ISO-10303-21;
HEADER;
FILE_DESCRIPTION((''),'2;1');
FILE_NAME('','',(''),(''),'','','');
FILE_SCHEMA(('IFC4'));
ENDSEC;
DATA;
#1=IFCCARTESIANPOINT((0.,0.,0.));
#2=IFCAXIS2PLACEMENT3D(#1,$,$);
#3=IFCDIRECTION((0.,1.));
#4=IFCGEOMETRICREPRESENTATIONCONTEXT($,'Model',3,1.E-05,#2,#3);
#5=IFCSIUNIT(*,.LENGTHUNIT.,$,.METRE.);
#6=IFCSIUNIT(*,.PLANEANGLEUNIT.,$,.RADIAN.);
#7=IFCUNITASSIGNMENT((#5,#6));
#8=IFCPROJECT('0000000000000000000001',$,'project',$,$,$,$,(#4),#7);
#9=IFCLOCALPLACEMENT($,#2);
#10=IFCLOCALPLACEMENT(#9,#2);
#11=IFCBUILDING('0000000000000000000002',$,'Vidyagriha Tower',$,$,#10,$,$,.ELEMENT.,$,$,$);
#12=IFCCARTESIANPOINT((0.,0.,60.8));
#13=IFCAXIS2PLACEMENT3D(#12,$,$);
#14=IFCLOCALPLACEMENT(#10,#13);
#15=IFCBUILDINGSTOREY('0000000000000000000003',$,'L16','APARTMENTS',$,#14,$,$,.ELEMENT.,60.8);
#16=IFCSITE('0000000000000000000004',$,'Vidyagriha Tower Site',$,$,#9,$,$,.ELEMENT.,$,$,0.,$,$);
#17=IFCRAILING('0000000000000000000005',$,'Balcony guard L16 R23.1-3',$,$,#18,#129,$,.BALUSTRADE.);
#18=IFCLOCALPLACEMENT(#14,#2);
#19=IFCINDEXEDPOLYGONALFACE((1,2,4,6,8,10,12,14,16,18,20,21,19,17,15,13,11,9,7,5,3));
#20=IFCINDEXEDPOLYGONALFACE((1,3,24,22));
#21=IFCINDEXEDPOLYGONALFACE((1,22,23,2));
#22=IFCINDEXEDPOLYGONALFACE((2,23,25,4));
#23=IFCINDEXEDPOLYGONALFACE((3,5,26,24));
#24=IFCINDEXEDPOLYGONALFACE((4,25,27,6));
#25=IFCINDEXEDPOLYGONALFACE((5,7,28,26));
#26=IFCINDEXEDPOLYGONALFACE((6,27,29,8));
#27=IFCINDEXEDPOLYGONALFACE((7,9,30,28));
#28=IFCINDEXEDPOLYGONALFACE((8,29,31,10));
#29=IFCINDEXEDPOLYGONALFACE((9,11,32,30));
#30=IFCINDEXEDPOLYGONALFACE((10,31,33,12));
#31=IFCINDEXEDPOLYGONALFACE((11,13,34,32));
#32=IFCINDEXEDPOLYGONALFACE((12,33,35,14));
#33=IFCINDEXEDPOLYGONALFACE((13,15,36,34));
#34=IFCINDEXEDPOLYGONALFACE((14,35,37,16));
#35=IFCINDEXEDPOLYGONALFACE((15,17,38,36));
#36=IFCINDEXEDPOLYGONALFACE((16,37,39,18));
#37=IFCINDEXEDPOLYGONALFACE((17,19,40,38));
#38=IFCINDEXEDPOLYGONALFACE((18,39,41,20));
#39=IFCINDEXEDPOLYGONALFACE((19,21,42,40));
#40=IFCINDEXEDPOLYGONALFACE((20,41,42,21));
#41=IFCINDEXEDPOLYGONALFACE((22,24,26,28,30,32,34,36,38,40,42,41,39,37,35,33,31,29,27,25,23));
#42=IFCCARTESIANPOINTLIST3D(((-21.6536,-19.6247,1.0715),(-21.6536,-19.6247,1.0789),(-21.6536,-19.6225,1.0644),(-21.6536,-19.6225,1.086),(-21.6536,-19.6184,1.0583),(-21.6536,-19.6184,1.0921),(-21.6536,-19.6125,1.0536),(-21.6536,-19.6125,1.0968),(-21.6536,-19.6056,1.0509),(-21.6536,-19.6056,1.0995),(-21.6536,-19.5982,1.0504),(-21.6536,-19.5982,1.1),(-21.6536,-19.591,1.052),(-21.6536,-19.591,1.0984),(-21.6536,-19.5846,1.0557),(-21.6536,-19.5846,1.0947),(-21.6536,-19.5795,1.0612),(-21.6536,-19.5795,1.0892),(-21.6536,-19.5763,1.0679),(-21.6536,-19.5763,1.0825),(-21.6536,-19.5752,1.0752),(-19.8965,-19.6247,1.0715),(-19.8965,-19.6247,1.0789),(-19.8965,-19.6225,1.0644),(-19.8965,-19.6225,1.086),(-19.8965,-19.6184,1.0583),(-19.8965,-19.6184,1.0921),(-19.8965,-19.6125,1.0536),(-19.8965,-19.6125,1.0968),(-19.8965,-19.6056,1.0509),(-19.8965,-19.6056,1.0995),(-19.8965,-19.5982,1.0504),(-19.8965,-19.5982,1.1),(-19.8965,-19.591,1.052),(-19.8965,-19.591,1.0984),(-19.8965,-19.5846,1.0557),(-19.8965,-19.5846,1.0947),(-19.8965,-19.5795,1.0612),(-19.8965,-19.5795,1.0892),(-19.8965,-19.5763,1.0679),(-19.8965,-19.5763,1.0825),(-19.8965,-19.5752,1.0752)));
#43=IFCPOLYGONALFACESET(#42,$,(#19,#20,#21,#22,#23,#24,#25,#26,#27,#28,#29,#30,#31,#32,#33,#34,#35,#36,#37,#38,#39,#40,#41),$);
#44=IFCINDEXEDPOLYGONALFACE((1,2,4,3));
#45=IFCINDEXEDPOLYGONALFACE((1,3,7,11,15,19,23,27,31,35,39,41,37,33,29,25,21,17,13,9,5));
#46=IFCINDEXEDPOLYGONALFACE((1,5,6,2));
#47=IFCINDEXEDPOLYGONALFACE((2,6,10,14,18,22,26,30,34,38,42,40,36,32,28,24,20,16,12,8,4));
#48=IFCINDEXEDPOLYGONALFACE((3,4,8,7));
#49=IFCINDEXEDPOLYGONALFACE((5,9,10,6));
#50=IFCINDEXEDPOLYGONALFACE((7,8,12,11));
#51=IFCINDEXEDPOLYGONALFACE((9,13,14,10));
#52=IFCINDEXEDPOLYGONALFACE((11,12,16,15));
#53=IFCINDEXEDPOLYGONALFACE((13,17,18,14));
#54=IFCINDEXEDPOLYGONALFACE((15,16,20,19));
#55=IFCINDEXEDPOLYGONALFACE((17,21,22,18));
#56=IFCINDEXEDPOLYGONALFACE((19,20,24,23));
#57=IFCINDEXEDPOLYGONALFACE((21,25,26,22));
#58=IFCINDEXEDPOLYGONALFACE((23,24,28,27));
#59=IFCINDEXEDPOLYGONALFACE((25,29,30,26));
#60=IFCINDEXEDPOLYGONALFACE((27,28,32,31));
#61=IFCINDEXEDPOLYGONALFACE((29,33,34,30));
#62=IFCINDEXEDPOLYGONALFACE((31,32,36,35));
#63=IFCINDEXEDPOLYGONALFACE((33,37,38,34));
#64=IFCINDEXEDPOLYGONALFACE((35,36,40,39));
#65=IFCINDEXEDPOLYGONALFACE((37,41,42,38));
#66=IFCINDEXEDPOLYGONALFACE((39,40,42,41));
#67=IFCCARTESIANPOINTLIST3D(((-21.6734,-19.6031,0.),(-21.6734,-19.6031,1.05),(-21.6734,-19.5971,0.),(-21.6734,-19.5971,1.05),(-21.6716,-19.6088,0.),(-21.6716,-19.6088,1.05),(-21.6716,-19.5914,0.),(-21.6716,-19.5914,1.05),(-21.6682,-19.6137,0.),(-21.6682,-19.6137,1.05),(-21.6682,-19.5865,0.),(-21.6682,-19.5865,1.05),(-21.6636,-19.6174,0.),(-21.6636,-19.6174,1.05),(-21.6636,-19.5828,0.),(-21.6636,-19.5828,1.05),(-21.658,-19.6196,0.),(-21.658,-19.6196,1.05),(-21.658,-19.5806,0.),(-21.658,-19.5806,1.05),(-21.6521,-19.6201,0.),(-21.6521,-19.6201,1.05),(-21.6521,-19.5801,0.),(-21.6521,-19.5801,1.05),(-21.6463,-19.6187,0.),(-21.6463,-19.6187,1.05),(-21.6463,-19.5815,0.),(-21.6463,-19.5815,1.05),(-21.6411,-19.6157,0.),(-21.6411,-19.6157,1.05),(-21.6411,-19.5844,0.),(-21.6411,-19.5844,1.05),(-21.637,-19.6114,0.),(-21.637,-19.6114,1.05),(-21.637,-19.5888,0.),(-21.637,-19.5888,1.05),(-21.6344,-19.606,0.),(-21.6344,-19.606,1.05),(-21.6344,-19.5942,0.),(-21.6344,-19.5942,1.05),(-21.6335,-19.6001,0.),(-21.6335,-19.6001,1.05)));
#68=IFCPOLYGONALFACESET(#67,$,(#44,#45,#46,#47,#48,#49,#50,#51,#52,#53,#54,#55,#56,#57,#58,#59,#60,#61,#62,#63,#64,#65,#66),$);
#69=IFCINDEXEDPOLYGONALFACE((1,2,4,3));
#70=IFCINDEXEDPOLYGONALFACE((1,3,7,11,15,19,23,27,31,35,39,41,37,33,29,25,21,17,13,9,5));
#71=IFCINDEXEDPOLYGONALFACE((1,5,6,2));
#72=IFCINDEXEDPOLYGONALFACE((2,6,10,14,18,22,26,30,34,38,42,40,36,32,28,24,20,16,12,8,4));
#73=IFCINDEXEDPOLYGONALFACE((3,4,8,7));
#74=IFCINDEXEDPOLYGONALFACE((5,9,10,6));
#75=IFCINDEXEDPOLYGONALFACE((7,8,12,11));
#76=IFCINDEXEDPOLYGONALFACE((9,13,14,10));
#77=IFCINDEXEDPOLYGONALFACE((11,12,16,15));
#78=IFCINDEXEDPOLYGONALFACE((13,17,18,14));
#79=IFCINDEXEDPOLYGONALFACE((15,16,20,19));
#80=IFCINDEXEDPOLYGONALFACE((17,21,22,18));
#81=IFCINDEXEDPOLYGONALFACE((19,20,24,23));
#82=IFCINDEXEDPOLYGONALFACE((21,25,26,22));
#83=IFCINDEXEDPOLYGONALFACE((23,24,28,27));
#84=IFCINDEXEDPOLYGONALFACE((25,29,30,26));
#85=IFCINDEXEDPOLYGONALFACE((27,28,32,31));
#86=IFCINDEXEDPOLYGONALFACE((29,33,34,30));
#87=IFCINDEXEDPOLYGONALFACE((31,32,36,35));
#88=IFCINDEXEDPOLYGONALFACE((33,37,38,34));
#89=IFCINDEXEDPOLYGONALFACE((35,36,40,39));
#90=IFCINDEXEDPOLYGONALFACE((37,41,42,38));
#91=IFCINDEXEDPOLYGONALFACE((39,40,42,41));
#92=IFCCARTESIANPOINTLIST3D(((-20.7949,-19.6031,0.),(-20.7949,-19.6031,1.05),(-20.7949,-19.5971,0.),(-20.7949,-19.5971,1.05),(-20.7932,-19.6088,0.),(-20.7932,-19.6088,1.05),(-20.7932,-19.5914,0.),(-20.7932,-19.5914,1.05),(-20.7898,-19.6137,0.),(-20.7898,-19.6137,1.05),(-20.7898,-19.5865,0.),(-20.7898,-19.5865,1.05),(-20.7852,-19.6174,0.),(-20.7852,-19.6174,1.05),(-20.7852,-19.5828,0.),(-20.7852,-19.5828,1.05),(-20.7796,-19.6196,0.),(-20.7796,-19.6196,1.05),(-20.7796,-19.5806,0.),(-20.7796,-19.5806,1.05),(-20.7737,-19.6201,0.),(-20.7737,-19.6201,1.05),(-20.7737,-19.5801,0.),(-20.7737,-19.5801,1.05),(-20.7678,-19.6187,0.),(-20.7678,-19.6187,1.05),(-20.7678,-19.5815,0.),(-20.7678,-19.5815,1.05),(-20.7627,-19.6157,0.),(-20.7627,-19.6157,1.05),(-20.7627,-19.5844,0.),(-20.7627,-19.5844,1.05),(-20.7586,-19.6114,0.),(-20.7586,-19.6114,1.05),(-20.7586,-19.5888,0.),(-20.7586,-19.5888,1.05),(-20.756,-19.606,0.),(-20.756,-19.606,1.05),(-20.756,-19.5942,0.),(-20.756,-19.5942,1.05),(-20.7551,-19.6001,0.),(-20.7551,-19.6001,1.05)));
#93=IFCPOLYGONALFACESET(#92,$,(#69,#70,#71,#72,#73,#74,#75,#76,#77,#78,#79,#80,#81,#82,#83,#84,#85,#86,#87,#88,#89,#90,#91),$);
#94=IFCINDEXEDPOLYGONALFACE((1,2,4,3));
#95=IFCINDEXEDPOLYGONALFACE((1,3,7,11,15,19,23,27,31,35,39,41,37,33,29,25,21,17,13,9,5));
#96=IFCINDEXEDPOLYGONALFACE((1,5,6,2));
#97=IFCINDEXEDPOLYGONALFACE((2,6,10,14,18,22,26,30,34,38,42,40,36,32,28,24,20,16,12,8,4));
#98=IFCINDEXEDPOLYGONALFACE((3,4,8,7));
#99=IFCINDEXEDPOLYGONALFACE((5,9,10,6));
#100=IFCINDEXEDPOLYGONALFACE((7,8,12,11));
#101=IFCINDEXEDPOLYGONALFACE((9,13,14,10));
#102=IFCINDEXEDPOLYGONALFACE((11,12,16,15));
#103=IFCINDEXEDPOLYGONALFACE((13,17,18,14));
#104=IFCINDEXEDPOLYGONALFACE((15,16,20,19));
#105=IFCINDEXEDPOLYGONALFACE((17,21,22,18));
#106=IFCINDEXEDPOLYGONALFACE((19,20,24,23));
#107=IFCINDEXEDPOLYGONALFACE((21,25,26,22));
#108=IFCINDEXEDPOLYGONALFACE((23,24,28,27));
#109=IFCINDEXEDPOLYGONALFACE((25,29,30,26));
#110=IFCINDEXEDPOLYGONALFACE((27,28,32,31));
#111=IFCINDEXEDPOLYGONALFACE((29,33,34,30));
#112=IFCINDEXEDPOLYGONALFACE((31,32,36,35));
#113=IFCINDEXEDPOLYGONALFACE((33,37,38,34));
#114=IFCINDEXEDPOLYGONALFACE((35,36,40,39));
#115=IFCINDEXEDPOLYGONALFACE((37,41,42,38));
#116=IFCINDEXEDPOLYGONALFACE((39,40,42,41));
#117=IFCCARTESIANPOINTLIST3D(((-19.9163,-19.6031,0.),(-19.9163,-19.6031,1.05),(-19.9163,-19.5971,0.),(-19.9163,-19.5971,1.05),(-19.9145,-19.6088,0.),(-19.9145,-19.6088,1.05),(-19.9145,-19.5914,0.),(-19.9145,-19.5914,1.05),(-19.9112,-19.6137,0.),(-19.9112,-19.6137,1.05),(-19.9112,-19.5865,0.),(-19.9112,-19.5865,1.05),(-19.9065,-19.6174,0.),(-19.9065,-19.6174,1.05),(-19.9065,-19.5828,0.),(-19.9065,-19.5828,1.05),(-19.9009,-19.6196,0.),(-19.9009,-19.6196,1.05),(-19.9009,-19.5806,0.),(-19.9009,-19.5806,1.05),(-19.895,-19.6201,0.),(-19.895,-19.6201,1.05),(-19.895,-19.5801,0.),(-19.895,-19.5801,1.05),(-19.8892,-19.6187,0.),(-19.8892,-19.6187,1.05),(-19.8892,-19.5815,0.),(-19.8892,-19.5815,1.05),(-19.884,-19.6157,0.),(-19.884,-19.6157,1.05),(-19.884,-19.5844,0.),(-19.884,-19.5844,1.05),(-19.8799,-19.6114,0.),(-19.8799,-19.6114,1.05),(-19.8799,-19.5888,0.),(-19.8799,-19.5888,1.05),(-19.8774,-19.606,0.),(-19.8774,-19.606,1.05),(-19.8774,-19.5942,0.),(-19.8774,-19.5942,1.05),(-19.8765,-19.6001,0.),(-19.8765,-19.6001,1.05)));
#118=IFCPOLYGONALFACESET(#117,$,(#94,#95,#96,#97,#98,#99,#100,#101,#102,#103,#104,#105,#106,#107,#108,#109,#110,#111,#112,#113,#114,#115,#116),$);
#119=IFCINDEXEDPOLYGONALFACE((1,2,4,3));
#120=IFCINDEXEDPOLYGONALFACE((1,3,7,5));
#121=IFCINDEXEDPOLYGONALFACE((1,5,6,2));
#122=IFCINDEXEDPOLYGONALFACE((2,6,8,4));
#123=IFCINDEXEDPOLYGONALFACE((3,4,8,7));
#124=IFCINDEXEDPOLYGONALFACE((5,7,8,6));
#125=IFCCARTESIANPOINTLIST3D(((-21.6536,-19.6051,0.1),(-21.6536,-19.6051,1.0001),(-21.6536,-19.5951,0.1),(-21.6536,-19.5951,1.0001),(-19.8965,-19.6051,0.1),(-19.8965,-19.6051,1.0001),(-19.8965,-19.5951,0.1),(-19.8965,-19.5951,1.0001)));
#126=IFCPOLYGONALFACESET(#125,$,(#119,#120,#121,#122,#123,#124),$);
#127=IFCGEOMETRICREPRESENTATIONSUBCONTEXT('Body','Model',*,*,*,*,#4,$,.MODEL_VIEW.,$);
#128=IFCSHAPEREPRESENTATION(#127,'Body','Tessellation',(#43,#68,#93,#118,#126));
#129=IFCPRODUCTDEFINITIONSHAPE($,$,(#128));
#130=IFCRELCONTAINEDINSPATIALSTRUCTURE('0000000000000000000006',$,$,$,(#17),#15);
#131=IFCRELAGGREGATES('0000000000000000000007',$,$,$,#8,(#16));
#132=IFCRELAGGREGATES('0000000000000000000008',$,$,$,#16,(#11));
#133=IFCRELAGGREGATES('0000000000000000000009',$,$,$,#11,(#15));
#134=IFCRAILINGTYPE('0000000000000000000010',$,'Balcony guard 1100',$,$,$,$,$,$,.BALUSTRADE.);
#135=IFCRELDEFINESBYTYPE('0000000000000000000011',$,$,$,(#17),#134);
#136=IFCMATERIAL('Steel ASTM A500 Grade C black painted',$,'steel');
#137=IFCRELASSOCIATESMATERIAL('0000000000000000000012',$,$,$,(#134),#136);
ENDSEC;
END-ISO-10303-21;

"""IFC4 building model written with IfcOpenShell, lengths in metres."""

from ifc_helpers import new_model, si_unit, direction, frame, origin, origin_2d, place, context, subcontext, project, spatial, rectangle, circle, extrude, material, type_object, element, save


model = new_model("IFC4")

# Units and contexts
model_context = context("Model", 3, precision=1e-05, world=origin(), true_north=direction((0.0, 1.0)))
body_context = subcontext(model_context, "Body", "Model", "MODEL_VIEW")
ifc_project = project(units=[si_unit("LENGTHUNIT", "METRE"), si_unit("PLANEANGLEUNIT", "RADIAN")], contexts=[model_context])

# Site, building, storey
site_placement = place(None, origin())
site = spatial("IfcSite", under=ifc_project, at=site_placement, Name="Vidyagriha Tower Site", CompositionType="ELEMENT", RefElevation=0.0)
building_placement = place(site_placement, origin())
building = spatial("IfcBuilding", under=site, at=building_placement, Name="Vidyagriha Tower", CompositionType="ELEMENT")
storey_placement = place(building_placement, frame((0.0, 0.0, 60.8)))
storey = spatial("IfcBuildingStorey", under=building, at=storey_placement, Name="L16", Description="APARTMENTS", CompositionType="ELEMENT", Elevation=60.8)

# Railing
ifc_material_1 = material(Name="Steel ASTM A500 Grade C black painted", Category="steel")
railing_type = type_object("IfcRailingType", Name="Balcony guard 1100", PredefinedType="BALUSTRADE", material=ifc_material_1)
railing_1_placement = place(storey_placement, frame((-21.6536, -19.6001, 0.0)))
element("IfcRailing", 1, at=railing_1_placement, inside=storey, type_object=railing_type, Name="Balcony guard L16 R23.1-3", PredefinedType="BALUSTRADE", context=body_context, shape_type="SweptSolid", body=[
    extrude(circle(Radius=0.0249, at=origin_2d()), frame((0.0, 0.0, 1.0752), z_axis=(1.0, 0.0, 0.0), x_axis=(0.0, 1.0, 0.0)), (0.0, 0.0, 1.0), 1.7571),
    extrude(circle(Radius=0.02, at=origin_2d()), origin(), (0.0, 0.0, 1.0), 1.05),
    extrude(circle(Radius=0.02, at=origin_2d()), frame((0.8784, 0.0, 0.0)), (0.0, 0.0, 1.0), 1.05),
    extrude(circle(Radius=0.02, at=origin_2d()), frame((1.7571, 0.0, 0.0)), (0.0, 0.0, 1.0), 1.05),
    extrude(rectangle(XDim=0.01, YDim=0.9001, at=origin_2d()), frame((0.0, 0.0, 0.55), z_axis=(1.0, 0.0, 0.0), x_axis=(0.0, 1.0, 0.0)), (0.0, 0.0, 1.0), 1.7571),
])

save(model, "model.ifc")
